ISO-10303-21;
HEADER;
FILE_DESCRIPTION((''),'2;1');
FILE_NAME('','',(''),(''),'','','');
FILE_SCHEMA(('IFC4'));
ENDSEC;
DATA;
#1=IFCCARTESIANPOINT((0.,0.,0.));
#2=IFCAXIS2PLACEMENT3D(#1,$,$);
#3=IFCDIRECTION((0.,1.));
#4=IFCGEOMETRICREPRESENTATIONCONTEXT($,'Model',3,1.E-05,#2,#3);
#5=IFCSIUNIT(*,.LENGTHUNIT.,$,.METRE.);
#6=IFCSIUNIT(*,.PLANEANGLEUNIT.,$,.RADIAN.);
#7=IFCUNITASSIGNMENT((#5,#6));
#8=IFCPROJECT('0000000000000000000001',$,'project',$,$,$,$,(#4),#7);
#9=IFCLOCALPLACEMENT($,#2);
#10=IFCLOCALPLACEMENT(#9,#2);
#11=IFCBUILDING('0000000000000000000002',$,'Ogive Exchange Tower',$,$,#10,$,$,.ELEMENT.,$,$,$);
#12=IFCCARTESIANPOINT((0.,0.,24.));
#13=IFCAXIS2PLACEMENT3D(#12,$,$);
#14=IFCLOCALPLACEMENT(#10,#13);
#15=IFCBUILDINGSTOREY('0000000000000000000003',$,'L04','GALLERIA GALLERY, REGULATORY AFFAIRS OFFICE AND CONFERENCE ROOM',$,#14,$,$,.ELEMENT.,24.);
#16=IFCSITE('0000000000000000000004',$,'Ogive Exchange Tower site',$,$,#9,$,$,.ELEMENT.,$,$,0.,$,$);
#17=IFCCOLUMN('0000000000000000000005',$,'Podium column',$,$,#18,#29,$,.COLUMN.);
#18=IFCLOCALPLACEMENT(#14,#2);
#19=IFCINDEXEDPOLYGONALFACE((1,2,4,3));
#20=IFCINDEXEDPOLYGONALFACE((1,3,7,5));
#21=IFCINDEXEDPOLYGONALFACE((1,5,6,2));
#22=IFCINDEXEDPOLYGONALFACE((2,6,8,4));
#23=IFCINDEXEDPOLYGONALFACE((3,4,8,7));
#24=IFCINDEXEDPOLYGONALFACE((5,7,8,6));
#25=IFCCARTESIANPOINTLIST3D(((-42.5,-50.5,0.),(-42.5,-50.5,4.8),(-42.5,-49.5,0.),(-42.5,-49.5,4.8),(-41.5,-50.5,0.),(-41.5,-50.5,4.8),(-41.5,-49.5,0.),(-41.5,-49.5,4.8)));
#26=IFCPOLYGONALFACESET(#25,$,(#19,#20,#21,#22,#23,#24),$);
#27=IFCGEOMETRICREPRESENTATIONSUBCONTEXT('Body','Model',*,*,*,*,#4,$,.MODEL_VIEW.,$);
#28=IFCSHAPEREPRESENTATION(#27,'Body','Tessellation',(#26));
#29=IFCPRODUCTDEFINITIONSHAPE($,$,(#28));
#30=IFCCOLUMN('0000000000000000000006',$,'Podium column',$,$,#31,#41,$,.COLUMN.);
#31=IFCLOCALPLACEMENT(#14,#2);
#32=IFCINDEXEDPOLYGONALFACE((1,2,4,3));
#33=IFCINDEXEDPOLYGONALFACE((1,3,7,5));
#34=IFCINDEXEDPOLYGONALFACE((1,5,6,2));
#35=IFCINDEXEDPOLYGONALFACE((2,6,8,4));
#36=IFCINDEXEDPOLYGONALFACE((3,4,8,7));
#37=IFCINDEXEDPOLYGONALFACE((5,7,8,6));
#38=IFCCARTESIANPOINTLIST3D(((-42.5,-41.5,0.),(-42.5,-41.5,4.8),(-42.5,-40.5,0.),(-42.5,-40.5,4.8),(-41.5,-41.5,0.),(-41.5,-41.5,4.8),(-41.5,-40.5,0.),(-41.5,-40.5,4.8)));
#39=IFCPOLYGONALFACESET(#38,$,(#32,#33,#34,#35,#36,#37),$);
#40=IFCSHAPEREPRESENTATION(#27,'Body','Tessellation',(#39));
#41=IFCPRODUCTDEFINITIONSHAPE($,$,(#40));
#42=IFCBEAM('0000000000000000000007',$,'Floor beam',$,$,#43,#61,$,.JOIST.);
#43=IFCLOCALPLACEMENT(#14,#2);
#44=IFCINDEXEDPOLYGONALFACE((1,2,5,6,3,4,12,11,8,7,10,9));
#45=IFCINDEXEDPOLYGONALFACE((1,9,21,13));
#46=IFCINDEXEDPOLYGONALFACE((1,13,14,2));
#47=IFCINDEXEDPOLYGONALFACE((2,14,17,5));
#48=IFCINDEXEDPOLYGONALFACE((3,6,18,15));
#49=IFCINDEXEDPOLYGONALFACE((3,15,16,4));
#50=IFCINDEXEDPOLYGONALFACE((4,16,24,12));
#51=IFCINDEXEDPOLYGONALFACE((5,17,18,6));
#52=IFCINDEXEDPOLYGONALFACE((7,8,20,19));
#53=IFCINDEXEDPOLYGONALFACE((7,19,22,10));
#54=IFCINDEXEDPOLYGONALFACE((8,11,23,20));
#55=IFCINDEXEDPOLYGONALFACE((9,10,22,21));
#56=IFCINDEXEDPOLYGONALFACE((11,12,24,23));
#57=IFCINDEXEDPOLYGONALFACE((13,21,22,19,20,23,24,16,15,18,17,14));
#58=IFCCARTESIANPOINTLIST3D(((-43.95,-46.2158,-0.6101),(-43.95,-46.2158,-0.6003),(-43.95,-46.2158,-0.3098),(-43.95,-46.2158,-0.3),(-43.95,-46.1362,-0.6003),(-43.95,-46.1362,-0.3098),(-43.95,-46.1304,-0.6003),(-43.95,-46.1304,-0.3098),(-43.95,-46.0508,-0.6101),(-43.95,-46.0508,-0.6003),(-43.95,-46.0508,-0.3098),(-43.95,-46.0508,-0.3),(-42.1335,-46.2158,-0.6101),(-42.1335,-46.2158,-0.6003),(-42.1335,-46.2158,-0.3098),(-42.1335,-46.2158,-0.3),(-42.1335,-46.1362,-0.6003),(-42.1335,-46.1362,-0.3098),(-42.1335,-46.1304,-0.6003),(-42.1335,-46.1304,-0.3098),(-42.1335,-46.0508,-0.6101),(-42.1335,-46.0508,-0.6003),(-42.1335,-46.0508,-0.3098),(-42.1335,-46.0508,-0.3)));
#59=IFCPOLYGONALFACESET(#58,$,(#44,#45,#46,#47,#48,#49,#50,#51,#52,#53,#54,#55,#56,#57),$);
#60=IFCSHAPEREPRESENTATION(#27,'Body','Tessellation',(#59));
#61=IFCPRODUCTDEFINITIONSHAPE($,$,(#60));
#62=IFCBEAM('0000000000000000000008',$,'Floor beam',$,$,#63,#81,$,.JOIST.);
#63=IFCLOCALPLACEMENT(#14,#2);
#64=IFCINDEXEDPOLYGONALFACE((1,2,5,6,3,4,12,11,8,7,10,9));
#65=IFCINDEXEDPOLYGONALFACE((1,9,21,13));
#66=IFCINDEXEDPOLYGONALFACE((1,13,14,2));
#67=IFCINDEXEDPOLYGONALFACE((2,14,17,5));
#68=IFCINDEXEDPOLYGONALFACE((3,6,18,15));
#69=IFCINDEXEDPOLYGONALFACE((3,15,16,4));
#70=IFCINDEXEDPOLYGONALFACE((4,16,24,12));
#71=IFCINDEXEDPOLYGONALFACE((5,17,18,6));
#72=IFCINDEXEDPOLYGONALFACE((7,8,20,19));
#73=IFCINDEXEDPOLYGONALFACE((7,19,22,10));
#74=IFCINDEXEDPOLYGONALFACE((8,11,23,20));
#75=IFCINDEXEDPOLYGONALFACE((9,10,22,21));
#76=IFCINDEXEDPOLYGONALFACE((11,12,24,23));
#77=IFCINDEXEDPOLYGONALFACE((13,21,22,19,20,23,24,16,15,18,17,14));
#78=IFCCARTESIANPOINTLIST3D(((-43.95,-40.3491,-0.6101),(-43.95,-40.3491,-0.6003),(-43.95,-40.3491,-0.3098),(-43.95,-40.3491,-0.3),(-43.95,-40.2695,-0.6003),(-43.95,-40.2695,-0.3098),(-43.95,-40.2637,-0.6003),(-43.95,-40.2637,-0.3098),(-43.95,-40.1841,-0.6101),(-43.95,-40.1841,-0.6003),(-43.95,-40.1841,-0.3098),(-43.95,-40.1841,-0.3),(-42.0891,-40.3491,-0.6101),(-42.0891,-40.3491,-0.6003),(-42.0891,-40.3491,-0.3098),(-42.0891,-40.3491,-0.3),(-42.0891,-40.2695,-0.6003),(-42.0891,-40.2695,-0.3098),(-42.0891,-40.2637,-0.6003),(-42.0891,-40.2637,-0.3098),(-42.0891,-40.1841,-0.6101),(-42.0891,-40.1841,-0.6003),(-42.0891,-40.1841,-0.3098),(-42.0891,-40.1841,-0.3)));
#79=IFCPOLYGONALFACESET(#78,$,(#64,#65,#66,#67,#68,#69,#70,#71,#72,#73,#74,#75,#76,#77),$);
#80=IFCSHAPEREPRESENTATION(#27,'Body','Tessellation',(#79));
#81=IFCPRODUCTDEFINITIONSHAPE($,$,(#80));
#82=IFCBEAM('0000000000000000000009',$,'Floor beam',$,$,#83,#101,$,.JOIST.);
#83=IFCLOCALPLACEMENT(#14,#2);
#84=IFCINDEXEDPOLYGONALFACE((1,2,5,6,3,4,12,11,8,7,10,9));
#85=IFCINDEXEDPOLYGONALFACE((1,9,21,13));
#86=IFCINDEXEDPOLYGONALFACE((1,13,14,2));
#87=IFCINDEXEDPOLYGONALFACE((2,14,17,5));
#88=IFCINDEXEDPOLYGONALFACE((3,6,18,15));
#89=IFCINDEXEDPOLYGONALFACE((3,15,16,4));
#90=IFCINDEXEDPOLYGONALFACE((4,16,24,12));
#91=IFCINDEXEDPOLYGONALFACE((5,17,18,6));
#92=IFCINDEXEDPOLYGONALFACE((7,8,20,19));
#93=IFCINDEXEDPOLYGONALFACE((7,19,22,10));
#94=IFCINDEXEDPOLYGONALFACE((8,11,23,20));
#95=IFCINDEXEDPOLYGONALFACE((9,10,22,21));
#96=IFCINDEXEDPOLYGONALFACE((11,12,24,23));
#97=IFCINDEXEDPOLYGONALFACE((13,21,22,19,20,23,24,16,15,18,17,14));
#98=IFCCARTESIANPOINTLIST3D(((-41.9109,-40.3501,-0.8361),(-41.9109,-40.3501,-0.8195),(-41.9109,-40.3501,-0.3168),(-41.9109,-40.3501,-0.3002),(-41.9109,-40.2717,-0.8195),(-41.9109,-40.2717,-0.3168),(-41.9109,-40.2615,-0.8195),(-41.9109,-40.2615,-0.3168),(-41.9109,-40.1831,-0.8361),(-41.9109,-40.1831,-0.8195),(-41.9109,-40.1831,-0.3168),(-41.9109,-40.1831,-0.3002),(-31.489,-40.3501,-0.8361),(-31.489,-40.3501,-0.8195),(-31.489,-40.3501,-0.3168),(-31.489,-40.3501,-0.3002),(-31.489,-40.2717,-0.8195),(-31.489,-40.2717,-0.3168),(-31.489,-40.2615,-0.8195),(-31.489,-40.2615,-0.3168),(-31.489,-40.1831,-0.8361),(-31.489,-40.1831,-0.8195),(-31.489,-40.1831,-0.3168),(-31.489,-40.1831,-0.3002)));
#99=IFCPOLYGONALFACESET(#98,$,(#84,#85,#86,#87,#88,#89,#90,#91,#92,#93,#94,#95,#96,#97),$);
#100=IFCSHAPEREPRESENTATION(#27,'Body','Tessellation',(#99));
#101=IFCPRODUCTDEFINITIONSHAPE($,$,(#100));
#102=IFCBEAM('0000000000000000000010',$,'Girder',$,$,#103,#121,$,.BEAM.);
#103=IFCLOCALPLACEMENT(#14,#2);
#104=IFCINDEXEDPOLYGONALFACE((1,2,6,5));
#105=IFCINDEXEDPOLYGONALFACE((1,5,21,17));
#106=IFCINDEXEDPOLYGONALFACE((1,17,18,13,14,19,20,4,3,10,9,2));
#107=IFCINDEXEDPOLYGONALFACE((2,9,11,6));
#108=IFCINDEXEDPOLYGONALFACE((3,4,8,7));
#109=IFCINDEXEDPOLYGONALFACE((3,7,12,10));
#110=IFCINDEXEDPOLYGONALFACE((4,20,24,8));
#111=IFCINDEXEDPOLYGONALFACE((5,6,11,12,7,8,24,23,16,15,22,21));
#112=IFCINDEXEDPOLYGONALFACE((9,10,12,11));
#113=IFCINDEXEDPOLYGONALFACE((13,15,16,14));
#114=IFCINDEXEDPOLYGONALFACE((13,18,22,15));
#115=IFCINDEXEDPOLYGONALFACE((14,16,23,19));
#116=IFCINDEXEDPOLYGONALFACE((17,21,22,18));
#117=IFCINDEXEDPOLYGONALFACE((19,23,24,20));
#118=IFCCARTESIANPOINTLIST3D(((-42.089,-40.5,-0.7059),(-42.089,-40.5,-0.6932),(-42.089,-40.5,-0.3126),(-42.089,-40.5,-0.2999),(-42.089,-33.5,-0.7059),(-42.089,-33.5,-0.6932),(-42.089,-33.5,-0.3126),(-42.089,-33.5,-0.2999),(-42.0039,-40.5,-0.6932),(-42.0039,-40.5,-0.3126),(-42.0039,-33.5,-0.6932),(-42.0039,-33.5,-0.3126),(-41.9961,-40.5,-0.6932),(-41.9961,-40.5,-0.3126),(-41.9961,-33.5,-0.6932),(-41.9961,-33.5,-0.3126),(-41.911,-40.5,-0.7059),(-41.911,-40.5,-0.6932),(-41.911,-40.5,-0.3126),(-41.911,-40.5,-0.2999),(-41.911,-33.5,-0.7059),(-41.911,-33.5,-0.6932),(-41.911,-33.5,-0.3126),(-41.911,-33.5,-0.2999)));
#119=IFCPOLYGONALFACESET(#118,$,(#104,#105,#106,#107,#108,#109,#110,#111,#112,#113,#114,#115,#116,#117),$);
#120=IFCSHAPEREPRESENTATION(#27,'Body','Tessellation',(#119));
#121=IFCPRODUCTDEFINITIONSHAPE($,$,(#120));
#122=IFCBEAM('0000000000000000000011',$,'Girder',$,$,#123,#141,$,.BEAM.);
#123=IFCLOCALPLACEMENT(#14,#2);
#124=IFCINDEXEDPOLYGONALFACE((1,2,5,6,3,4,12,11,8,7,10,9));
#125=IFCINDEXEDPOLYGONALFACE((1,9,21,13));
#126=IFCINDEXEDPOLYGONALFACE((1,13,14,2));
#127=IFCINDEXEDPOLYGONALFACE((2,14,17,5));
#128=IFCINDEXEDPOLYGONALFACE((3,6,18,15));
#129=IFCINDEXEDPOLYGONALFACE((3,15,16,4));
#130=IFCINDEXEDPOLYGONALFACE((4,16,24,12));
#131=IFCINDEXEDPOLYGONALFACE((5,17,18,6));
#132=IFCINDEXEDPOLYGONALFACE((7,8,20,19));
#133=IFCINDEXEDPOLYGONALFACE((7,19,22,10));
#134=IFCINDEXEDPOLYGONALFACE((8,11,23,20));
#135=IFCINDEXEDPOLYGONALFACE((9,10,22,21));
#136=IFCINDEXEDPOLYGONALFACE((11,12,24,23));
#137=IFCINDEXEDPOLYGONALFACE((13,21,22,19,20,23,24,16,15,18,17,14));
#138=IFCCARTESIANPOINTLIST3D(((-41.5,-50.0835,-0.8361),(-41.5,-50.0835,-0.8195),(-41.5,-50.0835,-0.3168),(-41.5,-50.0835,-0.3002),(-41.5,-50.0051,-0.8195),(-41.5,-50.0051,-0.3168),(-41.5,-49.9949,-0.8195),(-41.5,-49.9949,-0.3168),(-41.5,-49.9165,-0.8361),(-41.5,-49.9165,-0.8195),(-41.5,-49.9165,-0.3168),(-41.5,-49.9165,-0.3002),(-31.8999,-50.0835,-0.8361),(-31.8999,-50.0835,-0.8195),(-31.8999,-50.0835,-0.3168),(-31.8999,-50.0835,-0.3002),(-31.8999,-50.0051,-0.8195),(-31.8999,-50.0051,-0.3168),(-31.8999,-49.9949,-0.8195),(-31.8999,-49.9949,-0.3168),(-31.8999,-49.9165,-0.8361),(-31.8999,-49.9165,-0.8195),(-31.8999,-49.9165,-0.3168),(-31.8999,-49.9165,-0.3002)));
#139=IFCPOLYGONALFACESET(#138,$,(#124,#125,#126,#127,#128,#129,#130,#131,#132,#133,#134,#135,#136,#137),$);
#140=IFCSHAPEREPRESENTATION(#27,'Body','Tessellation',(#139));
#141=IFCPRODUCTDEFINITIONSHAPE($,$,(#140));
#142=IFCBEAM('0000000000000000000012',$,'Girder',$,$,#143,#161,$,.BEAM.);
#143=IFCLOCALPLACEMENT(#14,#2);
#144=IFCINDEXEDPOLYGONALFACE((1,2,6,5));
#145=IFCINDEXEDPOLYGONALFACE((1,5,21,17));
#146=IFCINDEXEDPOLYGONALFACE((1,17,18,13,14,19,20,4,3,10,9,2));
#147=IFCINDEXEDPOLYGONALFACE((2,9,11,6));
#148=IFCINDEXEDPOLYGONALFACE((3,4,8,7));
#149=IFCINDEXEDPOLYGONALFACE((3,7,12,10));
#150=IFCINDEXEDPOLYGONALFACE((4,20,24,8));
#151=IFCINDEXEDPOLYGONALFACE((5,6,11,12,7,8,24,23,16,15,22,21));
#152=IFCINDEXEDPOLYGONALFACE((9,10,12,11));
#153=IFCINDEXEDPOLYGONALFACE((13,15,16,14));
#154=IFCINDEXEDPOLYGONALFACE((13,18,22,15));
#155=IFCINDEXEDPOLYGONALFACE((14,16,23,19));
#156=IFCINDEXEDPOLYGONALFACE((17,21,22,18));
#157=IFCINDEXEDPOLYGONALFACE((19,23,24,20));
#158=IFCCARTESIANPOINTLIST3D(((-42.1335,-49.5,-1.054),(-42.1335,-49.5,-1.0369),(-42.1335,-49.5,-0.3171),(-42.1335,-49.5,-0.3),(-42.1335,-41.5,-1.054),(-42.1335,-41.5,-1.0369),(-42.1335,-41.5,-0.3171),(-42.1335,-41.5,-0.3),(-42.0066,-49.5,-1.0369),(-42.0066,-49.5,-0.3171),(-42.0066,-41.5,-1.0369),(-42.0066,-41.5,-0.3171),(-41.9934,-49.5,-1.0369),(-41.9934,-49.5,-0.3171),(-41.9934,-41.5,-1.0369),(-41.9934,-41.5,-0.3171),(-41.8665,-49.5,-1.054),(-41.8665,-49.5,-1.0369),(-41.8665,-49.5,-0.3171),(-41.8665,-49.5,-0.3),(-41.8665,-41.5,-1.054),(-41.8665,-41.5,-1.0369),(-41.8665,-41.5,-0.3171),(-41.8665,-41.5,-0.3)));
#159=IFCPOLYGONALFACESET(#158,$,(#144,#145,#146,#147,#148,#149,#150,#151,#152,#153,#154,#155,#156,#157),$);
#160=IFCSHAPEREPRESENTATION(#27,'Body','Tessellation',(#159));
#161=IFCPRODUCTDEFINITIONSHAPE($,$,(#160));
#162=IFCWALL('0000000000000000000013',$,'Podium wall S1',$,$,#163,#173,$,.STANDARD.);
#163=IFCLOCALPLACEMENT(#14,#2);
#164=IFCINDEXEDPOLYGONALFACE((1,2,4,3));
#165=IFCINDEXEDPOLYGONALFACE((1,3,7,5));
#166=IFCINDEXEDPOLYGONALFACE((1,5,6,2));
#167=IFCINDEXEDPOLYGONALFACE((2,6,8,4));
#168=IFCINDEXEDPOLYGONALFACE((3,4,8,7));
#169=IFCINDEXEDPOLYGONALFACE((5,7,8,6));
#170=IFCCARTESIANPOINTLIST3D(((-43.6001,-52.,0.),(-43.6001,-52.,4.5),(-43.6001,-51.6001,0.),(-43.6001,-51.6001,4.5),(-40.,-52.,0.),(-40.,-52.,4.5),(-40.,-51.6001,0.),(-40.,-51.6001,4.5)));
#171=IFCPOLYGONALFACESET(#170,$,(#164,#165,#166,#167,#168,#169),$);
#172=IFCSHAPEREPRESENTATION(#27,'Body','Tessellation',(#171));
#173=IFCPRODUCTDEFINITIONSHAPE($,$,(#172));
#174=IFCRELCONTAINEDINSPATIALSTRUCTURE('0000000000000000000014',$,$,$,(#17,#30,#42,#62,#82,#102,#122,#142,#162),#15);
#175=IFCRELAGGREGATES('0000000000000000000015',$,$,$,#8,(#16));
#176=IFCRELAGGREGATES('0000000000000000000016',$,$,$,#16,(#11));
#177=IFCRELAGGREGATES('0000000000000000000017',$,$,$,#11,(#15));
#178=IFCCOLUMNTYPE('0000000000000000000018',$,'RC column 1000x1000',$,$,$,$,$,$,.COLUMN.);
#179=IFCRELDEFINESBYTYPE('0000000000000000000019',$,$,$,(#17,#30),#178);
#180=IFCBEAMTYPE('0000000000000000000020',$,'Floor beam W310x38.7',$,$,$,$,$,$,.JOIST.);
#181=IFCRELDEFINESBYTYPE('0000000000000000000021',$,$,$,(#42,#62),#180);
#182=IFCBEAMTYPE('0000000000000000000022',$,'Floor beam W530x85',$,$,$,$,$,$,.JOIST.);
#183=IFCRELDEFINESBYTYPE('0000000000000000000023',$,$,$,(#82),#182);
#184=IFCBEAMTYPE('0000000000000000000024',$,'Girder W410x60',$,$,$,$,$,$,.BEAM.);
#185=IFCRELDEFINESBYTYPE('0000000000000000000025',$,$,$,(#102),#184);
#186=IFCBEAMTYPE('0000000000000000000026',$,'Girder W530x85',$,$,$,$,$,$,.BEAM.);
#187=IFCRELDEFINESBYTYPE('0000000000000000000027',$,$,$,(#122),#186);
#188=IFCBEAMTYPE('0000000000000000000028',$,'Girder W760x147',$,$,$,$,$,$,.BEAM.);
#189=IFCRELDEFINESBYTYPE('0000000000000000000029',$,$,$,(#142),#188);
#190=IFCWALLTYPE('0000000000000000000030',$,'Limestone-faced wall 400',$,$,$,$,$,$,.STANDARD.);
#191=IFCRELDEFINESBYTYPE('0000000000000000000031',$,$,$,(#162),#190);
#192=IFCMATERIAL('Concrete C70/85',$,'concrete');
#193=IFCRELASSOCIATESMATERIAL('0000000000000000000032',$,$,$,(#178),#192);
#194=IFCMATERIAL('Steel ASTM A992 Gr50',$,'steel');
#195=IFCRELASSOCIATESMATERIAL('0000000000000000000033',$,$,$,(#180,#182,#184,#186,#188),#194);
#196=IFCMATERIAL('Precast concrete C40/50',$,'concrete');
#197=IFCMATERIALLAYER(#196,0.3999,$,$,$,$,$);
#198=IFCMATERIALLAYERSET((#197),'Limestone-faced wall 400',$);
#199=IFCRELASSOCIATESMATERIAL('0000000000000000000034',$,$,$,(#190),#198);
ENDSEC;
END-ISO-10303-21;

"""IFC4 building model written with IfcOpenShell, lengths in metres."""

from ifc_helpers import new_model, si_unit, direction, frame, frame_2d, origin, origin_2d, place, context, subcontext, project, spatial, rectangle, i_section, extrude, material, layer, layer_set, material_profile, profile_set, type_object, element, save


model = new_model("IFC4")

# Units and contexts
model_context = context("Model", 3, precision=1e-05, world=origin(), true_north=direction((0.0, 1.0)))
body_context = subcontext(model_context, "Body", "Model", "MODEL_VIEW")
ifc_project = project(units=[si_unit("LENGTHUNIT", "METRE"), si_unit("PLANEANGLEUNIT", "RADIAN")], contexts=[model_context])

# Site, building, storey
site_placement = place(None, origin())
site = spatial("IfcSite", under=ifc_project, at=site_placement, Name="Ogive Exchange Tower site", CompositionType="ELEMENT", RefElevation=0.0)
building_placement = place(site_placement, origin())
building = spatial("IfcBuilding", under=site, at=building_placement, Name="Ogive Exchange Tower", CompositionType="ELEMENT")
storey_placement = place(building_placement, frame((0.0, 0.0, 24.0)))
storey = spatial("IfcBuildingStorey", under=building, at=storey_placement, Name="L04", Description="GALLERIA GALLERY, REGULATORY AFFAIRS OFFICE AND CONFERENCE ROOM", CompositionType="ELEMENT", Elevation=24.0)

# Columns
ifc_material_1 = material(Name="Concrete C70/85", Category="concrete")
ifc_material_profile_1 = material_profile(ifc_material_1, rectangle(XDim=1.0, YDim=1.0, at=origin_2d()), Name="RC 1000x1000")
ifc_profile_set_1 = profile_set([ifc_material_profile_1], Name="Concrete C70/85")
column_type = type_object("IfcColumnType", Name="RC column 1000x1000", PredefinedType="COLUMN", material=ifc_profile_set_1)
for number, where, z_axis, x_axis, name in (
    (1, (-42.0, -50.0, 0.0), (0.0, 0.0, 1.0), (1.0, 0.0, 0.0), "Podium column"),
    (2, (-42.0, -41.0, 0.0), (0.0, 0.0, 1.0), (1.0, 0.0, 0.0), "Podium column"),
):
    element("IfcColumn", number, at=place(storey_placement, frame(where, z_axis=z_axis, x_axis=x_axis)), inside=storey, type_object=column_type, Name=name, PredefinedType="COLUMN", context=body_context, shape_type="SweptSolid", body=[
        extrude(rectangle(XDim=1.0, YDim=1.0, at=origin_2d()), origin(), (0.0, 0.0, 1.0), 4.8),
    ])

# Beams
ifc_material_2 = material(Name="Steel ASTM A992 Gr50", Category="steel")
ifc_material_profile_2 = material_profile(ifc_material_2, i_section(OverallWidth=0.165, OverallDepth=0.3101, WebThickness=0.0059, FlangeThickness=0.0098, at=origin_2d()), Name="W310x38.7")
ifc_profile_set_2 = profile_set([ifc_material_profile_2], Name="Steel ASTM A992 Gr50")
beam_type_1 = type_object("IfcBeamType", Name="Floor beam W310x38.7", PredefinedType="JOIST", material=ifc_profile_set_2)
beam_1_placement = place(storey_placement, frame((-43.95, -46.1333, -0.4551), z_axis=(1.0, 0.0, 0.0), x_axis=(0.0, 1.0, 0.0)))
element("IfcBeam", 3, at=beam_1_placement, inside=storey, type_object=beam_type_1, Name="Floor beam", PredefinedType="JOIST", context=body_context, shape_type="SweptSolid", body=[
    extrude(i_section(OverallWidth=0.165, OverallDepth=0.3101, WebThickness=0.0059, FlangeThickness=0.0098, at=origin_2d()), origin(), (0.0, 0.0, 1.0), 1.8164),
])
beam_2_placement = place(storey_placement, frame((-43.95, -40.2666, -0.4551), z_axis=(1.0, 0.0, 0.0), x_axis=(0.0, 1.0, 0.0)))
element("IfcBeam", 4, at=beam_2_placement, inside=storey, type_object=beam_type_1, Name="Floor beam", PredefinedType="JOIST", context=body_context, shape_type="SweptSolid", body=[
    extrude(i_section(OverallWidth=0.165, OverallDepth=0.3101, WebThickness=0.0059, FlangeThickness=0.0098, at=origin_2d()), origin(), (0.0, 0.0, 1.0), 1.8608),
])
ifc_material_profile_3 = material_profile(ifc_material_2, i_section(OverallWidth=0.167, OverallDepth=0.5359, WebThickness=0.0103, FlangeThickness=0.0166, at=origin_2d()), Name="W530x85")
ifc_profile_set_3 = profile_set([ifc_material_profile_3], Name="Steel ASTM A992 Gr50")
beam_type_2 = type_object("IfcBeamType", Name="Floor beam W530x85", PredefinedType="JOIST", material=ifc_profile_set_3)
beam_3_placement = place(storey_placement, frame((-41.9109, -40.2666, -0.5681), z_axis=(1.0, 0.0, 0.0), x_axis=(0.0, 1.0, 0.0)))
element("IfcBeam", 5, at=beam_3_placement, inside=storey, type_object=beam_type_2, Name="Floor beam", PredefinedType="JOIST", context=body_context, shape_type="SweptSolid", body=[
    extrude(i_section(OverallWidth=0.167, OverallDepth=0.5359, WebThickness=0.0103, FlangeThickness=0.0166, at=origin_2d()), origin(), (0.0, 0.0, 1.0), 10.4219),
])
ifc_material_profile_4 = material_profile(ifc_material_2, i_section(OverallWidth=0.178, OverallDepth=0.406, WebThickness=0.0078, FlangeThickness=0.0127, at=origin_2d()), Name="W410x60")
ifc_profile_set_4 = profile_set([ifc_material_profile_4], Name="Steel ASTM A992 Gr50")
beam_type_3 = type_object("IfcBeamType", Name="Girder W410x60", PredefinedType="BEAM", material=ifc_profile_set_4)
beam_4_placement = place(storey_placement, frame((-42.0, -40.5, -0.5029), z_axis=(0.0, 1.0, 0.0), x_axis=(-1.0, 0.0, 0.0)))
element("IfcBeam", 6, at=beam_4_placement, inside=storey, type_object=beam_type_3, Name="Girder", PredefinedType="BEAM", context=body_context, shape_type="SweptSolid", body=[
    extrude(i_section(OverallWidth=0.178, OverallDepth=0.406, WebThickness=0.0078, FlangeThickness=0.0127, at=origin_2d()), origin(), (0.0, 0.0, 1.0), 7.0),
])
ifc_material_profile_5 = material_profile(ifc_material_2, i_section(OverallWidth=0.167, OverallDepth=0.5359, WebThickness=0.0103, FlangeThickness=0.0166, at=origin_2d()), Name="W530x85")
ifc_profile_set_5 = profile_set([ifc_material_profile_5], Name="Steel ASTM A992 Gr50")
beam_type_4 = type_object("IfcBeamType", Name="Girder W530x85", PredefinedType="BEAM", material=ifc_profile_set_5)
beam_5_placement = place(storey_placement, frame((-41.5, -50.0, -0.5681), z_axis=(1.0, 0.0, 0.0), x_axis=(0.0, 1.0, 0.0)))
element("IfcBeam", 7, at=beam_5_placement, inside=storey, type_object=beam_type_4, Name="Girder", PredefinedType="BEAM", context=body_context, shape_type="SweptSolid", body=[
    extrude(i_section(OverallWidth=0.167, OverallDepth=0.5359, WebThickness=0.0103, FlangeThickness=0.0166, at=origin_2d()), origin(), (0.0, 0.0, 1.0), 9.6001),
])
ifc_material_profile_6 = material_profile(ifc_material_2, i_section(OverallWidth=0.2671, OverallDepth=0.7539, WebThickness=0.0132, FlangeThickness=0.0171, at=origin_2d()), Name="W760x147")
ifc_profile_set_6 = profile_set([ifc_material_profile_6], Name="Steel ASTM A992 Gr50")
beam_type_5 = type_object("IfcBeamType", Name="Girder W760x147", PredefinedType="BEAM", material=ifc_profile_set_6)
beam_6_placement = place(storey_placement, frame((-42.0, -49.5, -0.677), z_axis=(0.0, 1.0, 0.0), x_axis=(-1.0, 0.0, 0.0)))
element("IfcBeam", 8, at=beam_6_placement, inside=storey, type_object=beam_type_5, Name="Girder", PredefinedType="BEAM", context=body_context, shape_type="SweptSolid", body=[
    extrude(i_section(OverallWidth=0.2671, OverallDepth=0.7539, WebThickness=0.0132, FlangeThickness=0.0171, at=origin_2d()), origin(), (0.0, 0.0, 1.0), 8.0),
])

# Wall
ifc_material_3 = material(Name="Precast concrete C40/50", Category="concrete")
ifc_layer_1 = layer(ifc_material_3, 0.3999)
ifc_layer_set_1 = layer_set([ifc_layer_1], Name="Limestone-faced wall 400")
wall_type_1 = type_object("IfcWallType", Name="Limestone-faced wall 400", PredefinedType="STANDARD", material=ifc_layer_set_1)
wall_1_placement = place(storey_placement, frame((-43.6001, -51.8, 0.0), z_axis=(0.0, 0.0, 1.0), x_axis=(1.0, 0.0, 0.0)))
element("IfcWall", 9, at=wall_1_placement, inside=storey, type_object=wall_type_1, Name="Podium wall S1", PredefinedType="STANDARD", context=body_context, shape_type="SweptSolid", body=[
    extrude(rectangle(XDim=3.6001, YDim=0.3999, at=frame_2d((1.8, 0.0))), origin(), (0.0, 0.0, 1.0), 4.5),
])

save(model, "model.ifc")
